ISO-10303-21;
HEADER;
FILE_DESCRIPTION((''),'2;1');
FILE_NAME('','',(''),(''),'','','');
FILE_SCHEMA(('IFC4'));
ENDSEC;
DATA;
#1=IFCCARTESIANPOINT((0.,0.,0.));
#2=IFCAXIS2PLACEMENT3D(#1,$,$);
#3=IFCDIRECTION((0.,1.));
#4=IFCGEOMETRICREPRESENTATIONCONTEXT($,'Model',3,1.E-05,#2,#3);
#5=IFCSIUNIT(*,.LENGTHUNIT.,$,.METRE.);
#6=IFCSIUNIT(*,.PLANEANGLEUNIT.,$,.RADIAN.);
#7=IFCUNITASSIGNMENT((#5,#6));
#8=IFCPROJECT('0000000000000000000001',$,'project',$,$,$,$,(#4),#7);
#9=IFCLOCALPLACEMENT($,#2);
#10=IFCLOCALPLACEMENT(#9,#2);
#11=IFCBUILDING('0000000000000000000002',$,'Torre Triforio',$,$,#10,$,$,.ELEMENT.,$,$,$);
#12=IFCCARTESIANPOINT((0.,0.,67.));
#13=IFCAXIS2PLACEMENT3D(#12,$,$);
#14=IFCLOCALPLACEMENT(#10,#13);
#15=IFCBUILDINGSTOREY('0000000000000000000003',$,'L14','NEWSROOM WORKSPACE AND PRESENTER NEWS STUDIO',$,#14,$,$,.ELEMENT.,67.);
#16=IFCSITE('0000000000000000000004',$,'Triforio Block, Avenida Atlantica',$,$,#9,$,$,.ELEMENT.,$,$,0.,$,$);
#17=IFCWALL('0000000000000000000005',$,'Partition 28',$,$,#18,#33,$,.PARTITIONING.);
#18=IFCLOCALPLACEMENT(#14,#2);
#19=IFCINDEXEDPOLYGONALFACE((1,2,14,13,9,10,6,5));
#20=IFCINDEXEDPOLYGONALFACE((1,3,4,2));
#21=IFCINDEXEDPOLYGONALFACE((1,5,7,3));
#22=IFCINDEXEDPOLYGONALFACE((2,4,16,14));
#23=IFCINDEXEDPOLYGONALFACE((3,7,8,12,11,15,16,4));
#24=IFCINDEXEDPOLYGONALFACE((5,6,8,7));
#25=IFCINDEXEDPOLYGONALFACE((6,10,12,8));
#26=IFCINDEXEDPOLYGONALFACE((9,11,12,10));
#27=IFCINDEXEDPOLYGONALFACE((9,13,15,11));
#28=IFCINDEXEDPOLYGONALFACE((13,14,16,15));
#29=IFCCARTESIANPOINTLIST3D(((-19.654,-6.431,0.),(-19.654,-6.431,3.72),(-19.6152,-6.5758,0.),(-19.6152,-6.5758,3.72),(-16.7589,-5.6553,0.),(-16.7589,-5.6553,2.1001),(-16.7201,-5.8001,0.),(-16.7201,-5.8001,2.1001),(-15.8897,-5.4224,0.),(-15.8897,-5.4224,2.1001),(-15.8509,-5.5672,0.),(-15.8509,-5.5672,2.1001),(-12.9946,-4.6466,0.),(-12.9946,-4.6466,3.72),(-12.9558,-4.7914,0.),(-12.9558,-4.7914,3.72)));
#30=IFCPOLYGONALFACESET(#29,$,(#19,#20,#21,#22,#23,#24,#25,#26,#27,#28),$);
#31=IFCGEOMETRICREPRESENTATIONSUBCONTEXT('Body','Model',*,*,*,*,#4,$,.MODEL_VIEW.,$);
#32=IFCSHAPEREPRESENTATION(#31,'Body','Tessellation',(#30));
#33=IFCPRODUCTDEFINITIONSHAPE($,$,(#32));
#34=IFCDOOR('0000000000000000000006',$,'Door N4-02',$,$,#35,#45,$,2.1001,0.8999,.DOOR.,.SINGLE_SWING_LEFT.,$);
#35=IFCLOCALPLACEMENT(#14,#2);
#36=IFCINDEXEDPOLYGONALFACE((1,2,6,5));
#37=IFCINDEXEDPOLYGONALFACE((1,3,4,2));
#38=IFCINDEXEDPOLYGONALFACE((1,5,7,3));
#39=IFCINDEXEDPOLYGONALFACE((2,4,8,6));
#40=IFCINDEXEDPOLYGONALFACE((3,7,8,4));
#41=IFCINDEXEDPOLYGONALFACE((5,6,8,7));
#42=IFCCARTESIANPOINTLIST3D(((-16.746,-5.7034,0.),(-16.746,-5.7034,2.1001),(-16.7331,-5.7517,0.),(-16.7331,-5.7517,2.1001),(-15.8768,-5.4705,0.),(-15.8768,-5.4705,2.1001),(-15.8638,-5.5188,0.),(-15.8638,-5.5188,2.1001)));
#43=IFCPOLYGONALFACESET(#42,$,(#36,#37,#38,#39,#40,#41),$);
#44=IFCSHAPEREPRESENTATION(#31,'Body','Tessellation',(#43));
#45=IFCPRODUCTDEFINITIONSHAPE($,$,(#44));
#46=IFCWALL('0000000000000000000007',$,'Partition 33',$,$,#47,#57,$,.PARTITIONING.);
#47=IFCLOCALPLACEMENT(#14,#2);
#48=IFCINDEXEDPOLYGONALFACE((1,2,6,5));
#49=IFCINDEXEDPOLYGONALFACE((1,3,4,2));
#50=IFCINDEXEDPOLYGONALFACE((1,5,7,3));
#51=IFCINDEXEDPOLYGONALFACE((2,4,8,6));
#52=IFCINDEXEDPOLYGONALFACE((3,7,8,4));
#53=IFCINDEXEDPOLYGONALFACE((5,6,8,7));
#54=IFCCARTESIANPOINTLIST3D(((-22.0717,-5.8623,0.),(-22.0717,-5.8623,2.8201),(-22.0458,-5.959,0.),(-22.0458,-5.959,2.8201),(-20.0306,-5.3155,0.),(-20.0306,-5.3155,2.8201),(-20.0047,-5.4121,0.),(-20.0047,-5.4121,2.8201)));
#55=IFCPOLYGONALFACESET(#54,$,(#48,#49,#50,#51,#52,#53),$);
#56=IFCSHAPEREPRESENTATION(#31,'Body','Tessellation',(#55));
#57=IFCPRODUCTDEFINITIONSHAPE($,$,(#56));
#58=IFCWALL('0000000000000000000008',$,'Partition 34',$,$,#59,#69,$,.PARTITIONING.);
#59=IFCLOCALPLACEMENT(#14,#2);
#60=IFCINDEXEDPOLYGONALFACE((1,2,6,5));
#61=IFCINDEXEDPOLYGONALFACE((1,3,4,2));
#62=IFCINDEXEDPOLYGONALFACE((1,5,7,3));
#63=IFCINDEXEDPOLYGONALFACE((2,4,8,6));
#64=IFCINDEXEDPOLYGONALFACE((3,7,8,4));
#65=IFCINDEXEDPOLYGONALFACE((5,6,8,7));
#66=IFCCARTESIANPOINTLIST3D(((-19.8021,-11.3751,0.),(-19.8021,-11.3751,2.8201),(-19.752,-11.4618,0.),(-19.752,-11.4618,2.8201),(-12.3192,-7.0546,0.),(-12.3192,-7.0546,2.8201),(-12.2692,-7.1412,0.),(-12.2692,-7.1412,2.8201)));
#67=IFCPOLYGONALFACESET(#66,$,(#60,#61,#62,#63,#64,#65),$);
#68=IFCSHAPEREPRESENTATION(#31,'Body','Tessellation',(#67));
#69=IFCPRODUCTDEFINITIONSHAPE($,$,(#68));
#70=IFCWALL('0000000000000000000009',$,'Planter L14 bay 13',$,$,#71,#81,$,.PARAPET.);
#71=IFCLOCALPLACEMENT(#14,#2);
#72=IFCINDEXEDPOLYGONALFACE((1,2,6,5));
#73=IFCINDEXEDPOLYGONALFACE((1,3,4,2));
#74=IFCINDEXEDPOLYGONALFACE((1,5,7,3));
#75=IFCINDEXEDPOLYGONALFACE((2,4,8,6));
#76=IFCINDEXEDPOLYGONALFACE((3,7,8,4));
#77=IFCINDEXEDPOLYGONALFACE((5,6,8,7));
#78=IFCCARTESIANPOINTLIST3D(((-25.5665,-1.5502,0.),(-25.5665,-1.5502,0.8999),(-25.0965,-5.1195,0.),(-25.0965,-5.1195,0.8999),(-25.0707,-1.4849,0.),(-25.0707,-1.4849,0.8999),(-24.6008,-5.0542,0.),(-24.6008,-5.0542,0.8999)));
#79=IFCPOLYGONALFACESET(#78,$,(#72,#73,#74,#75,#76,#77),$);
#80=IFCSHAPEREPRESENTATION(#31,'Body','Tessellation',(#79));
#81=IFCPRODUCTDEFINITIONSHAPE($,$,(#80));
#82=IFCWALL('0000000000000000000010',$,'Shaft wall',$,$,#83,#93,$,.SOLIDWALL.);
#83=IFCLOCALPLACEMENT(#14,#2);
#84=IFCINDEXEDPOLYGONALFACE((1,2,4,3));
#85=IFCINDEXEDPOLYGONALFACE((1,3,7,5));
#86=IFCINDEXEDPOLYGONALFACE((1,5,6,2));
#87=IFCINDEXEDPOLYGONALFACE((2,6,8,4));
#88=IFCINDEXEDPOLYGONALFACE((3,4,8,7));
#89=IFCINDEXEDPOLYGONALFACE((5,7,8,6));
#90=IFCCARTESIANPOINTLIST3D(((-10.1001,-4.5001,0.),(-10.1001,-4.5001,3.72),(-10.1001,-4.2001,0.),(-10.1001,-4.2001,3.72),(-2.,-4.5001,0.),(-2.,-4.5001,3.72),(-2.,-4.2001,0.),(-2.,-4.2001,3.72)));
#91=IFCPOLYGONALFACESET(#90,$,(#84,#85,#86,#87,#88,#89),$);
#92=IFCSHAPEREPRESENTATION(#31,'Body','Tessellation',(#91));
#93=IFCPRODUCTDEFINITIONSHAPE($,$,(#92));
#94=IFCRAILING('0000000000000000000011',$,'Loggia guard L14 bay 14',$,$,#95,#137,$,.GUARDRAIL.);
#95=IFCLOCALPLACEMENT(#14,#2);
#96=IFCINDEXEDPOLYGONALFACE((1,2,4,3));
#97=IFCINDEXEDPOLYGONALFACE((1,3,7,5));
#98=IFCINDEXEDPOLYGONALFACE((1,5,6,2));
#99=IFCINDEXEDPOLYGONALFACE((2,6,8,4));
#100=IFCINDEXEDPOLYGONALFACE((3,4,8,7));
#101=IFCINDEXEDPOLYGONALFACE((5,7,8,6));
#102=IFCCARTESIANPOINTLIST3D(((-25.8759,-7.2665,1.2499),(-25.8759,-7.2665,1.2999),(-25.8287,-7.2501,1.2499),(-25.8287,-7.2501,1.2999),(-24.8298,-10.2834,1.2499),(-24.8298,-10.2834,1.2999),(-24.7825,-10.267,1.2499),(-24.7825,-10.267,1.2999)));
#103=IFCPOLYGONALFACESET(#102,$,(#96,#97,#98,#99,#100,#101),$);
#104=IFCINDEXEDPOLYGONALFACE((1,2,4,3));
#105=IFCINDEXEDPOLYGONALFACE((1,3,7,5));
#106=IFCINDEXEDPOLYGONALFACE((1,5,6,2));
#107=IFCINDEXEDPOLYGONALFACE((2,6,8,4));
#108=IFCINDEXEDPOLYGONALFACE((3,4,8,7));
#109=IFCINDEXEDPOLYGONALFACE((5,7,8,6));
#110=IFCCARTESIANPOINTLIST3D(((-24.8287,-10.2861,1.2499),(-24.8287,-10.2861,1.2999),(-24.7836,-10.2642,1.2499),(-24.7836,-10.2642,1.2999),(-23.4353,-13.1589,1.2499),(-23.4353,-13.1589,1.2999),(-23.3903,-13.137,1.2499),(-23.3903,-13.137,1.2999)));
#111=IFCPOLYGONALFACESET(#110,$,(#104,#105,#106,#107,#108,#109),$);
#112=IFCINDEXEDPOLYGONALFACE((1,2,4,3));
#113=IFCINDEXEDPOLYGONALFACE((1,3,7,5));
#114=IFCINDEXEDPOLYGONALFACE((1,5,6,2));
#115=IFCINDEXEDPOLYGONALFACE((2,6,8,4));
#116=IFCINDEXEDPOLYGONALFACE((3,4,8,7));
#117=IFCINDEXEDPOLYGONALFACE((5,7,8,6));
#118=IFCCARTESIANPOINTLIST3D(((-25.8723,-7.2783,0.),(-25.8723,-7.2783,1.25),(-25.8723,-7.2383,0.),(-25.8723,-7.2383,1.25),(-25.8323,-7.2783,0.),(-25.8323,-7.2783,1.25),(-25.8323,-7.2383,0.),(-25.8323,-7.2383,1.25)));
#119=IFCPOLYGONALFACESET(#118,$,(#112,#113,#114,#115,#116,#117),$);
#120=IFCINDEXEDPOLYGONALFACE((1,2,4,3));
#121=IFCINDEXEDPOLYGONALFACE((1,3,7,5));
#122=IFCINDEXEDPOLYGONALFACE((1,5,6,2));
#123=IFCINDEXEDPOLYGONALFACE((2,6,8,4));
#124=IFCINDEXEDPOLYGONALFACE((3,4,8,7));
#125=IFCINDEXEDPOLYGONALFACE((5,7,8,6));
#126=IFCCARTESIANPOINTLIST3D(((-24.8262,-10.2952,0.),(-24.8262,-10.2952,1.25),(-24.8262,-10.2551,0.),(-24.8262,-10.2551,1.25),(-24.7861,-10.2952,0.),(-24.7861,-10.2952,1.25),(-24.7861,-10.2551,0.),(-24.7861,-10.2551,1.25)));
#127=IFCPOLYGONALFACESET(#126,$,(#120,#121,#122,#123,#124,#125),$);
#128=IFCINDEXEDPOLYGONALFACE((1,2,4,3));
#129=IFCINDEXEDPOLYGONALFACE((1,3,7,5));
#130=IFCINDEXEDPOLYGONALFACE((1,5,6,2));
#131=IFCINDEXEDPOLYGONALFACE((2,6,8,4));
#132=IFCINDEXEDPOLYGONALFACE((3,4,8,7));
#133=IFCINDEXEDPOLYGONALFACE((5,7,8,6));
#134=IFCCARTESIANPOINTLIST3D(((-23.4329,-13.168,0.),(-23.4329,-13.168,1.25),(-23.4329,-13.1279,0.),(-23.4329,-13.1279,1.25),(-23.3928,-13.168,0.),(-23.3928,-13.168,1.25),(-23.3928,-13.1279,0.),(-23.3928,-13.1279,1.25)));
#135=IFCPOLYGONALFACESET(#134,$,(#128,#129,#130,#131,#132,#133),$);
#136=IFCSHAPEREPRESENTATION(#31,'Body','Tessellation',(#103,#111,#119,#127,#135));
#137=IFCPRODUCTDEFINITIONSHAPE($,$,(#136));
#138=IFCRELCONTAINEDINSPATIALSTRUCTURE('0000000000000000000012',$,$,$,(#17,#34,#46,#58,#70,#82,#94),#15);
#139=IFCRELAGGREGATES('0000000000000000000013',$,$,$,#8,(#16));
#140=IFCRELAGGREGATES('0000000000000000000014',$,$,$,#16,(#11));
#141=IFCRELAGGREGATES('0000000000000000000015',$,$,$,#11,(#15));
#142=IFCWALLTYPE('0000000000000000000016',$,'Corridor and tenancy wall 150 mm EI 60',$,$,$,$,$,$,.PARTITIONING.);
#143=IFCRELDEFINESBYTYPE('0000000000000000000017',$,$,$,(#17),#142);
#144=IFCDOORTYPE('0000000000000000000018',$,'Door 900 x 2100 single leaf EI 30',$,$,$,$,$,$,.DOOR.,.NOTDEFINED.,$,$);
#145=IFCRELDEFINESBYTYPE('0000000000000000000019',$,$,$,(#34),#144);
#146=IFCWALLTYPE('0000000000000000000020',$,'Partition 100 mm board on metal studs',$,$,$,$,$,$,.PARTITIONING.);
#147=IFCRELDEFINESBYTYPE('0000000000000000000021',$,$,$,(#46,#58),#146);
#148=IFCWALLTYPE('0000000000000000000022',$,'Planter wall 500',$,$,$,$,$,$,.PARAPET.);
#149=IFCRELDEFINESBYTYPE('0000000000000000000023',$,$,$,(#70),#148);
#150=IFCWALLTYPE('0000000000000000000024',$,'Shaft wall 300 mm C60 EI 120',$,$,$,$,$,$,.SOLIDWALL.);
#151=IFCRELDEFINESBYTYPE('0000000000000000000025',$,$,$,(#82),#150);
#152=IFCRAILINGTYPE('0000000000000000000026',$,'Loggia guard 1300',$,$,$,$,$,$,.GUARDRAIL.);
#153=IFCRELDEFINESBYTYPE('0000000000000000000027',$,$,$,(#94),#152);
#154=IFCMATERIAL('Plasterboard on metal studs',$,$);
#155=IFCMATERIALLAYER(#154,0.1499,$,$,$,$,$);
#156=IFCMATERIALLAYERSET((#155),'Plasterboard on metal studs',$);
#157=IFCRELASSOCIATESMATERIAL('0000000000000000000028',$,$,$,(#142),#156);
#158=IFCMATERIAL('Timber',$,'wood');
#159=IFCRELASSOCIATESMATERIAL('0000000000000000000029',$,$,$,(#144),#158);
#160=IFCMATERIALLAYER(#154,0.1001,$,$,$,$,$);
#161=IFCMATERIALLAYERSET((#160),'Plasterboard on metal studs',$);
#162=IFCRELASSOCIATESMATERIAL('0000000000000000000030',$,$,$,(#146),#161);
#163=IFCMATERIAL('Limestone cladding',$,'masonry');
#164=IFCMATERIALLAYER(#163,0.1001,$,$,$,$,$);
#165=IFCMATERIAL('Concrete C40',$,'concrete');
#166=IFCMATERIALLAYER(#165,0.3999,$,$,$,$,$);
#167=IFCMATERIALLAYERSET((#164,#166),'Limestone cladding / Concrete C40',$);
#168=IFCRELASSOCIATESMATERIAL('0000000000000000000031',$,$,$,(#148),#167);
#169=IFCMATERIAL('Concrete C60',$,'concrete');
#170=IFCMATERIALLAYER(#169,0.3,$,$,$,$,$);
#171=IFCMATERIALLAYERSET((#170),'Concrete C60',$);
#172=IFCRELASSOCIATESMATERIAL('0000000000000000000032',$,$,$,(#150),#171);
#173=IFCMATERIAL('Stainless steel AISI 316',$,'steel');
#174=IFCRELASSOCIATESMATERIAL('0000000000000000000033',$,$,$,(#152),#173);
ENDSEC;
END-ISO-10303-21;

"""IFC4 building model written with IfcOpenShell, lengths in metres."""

from ifc_helpers import new_model, si_unit, direction, frame, frame_2d, origin, origin_2d, place, context, subcontext, project, spatial, rectangle, extrude, material, layer, layer_set, type_object, element, fill, save


model = new_model("IFC4")

# Units and contexts
model_context = context("Model", 3, precision=1e-05, world=origin(), true_north=direction((0.0, 1.0)))
body_context = subcontext(model_context, "Body", "Model", "MODEL_VIEW")
ifc_project = project(units=[si_unit("LENGTHUNIT", "METRE"), si_unit("PLANEANGLEUNIT", "RADIAN")], contexts=[model_context])

# Site, building, storey
site_placement = place(None, origin())
site = spatial("IfcSite", under=ifc_project, at=site_placement, Name="Triforio Block, Avenida Atlantica", CompositionType="ELEMENT", RefElevation=0.0)
building_placement = place(site_placement, origin())
building = spatial("IfcBuilding", under=site, at=building_placement, Name="Torre Triforio", CompositionType="ELEMENT")
storey_placement = place(building_placement, frame((0.0, 0.0, 67.0)))
storey = spatial("IfcBuildingStorey", under=building, at=storey_placement, Name="L14", Description="NEWSROOM WORKSPACE AND PRESENTER NEWS STUDIO", CompositionType="ELEMENT", Elevation=67.0)

# Shared definitions
ifc_material_1 = material(Name="Concrete C60", Category="concrete")

# Shared definitions
ifc_material_2 = material(Name="Plasterboard on metal studs")
ifc_layer_1 = layer(ifc_material_2, 0.1499)
ifc_layer_set_1 = layer_set([ifc_layer_1], Name="Plasterboard on metal studs")
wall_type_1 = type_object("IfcWallType", Name="Corridor and tenancy wall 150 mm EI 60", PredefinedType="PARTITIONING", material=ifc_layer_set_1)

# Shared definitions
ifc_material_3 = material(Name="Timber", Category="wood")

# Wall, opening, door
wall_1_placement = place(storey_placement, frame((-12.9751, -4.719, 0.0), z_axis=(0.0, 0.0, 1.0), x_axis=(-0.965924, -0.258824, 0.0)))
wall_1 = element("IfcWall", 1, at=wall_1_placement, inside=storey, type_object=wall_type_1, Name="Partition 28", PredefinedType="PARTITIONING", context=body_context, shape_type="SweptSolid", body=[
    extrude(rectangle(XDim=6.8943, YDim=0.1499, at=frame_2d((3.4473, 0.0))), origin(), (0.0, 0.0, 1.0), 3.72),
])
opening_1_placement = place(wall_1_placement, frame((2.9973, 0.0, 0.0)))
opening_1 = element("IfcOpeningElement", 2, at=opening_1_placement, cuts=wall_1, PredefinedType="OPENING", context=body_context, shape_type="SweptSolid", body=[
    extrude(rectangle(XDim=0.8999, YDim=2.1001, at=frame_2d((0.45, 1.05))), frame((0.0, 0.085, 0.0), z_axis=(0.0, -1.0, 0.0), x_axis=(1.0, 0.0, 0.0)), (0.0, 0.0, 1.0), 0.1699),
])
door_type_1 = type_object("IfcDoorType", Name="Door 900 x 2100 single leaf EI 30", OperationType="NOTDEFINED", PredefinedType="DOOR", material=ifc_material_3)
door_1_placement = place(opening_1_placement, origin())
door_1 = element("IfcDoor", 3, at=door_1_placement, inside=storey, type_object=door_type_1, Name="Door N4-02", OperationType="SINGLE_SWING_LEFT", OverallHeight=2.1001, OverallWidth=0.8999, PredefinedType="DOOR", context=body_context, shape_type="SweptSolid", body=[
    extrude(rectangle(XDim=0.8999, YDim=2.1001, at=frame_2d((0.45, 1.05))), frame((0.0, 0.0249, 0.0), z_axis=(0.0, -1.0, 0.0), x_axis=(1.0, 0.0, 0.0)), (0.0, 0.0, 1.0), 0.05),
])
fill(opening_1, door_1)

# Walls
ifc_layer_2 = layer(ifc_material_2, 0.1001)
ifc_layer_set_2 = layer_set([ifc_layer_2], Name="Plasterboard on metal studs")
wall_type_2 = type_object("IfcWallType", Name="Partition 100 mm board on metal studs", PredefinedType="PARTITIONING", material=ifc_layer_set_2)
wall_2_placement = place(storey_placement, frame((-20.0176, -5.3638, 0.0), z_axis=(0.0, 0.0, 1.0), x_axis=(-0.965927, -0.258813, 0.0)))
element("IfcWall", 4, at=wall_2_placement, inside=storey, type_object=wall_type_2, Name="Partition 33", PredefinedType="PARTITIONING", context=body_context, shape_type="SweptSolid", body=[
    extrude(rectangle(XDim=2.113, YDim=0.1001, at=frame_2d((1.0566, 0.0))), origin(), (0.0, 0.0, 1.0), 2.8201),
])
wall_3_placement = place(storey_placement, frame((-12.2942, -7.0979, 0.0), z_axis=(0.0, 0.0, 1.0), x_axis=(-0.866011, -0.500026, 0.0)))
element("IfcWall", 5, at=wall_3_placement, inside=storey, type_object=wall_type_2, Name="Partition 34", PredefinedType="PARTITIONING", context=body_context, shape_type="SweptSolid", body=[
    extrude(rectangle(XDim=8.6406, YDim=0.1001, at=frame_2d((4.3203, 0.0))), origin(), (0.0, 0.0, 1.0), 2.8201),
])
ifc_material_4 = material(Name="Limestone cladding", Category="masonry")
ifc_layer_3 = layer(ifc_material_4, 0.1001)
ifc_material_5 = material(Name="Concrete C40", Category="concrete")
ifc_layer_4 = layer(ifc_material_5, 0.3999)
ifc_layer_set_3 = layer_set([ifc_layer_3, ifc_layer_4], Name="Limestone cladding / Concrete C40")
wall_type_3 = type_object("IfcWallType", Name="Planter wall 500", PredefinedType="PARAPET", material=ifc_layer_set_3)
wall_4_placement = place(storey_placement, frame((-25.3186, -1.5176, 0.0), z_axis=(0.0, 0.0, 1.0), x_axis=(0.130542, -0.991443, 0.0)))
element("IfcWall", 6, at=wall_4_placement, inside=storey, type_object=wall_type_3, Name="Planter L14 bay 13", PredefinedType="PARAPET", context=body_context, shape_type="SweptSolid", body=[
    extrude(rectangle(XDim=3.6001, YDim=0.5, at=frame_2d((1.8, 0.0))), origin(), (0.0, 0.0, 1.0), 0.8999),
])
ifc_layer_5 = layer(ifc_material_1, 0.3)
ifc_layer_set_4 = layer_set([ifc_layer_5], Name="Concrete C60")
wall_type_4 = type_object("IfcWallType", Name="Shaft wall 300 mm C60 EI 120", PredefinedType="SOLIDWALL", material=ifc_layer_set_4)
wall_5_placement = place(storey_placement, frame((-10.1001, -4.3501, 0.0), z_axis=(0.0, 0.0, 1.0), x_axis=(1.0, 0.0, 0.0)))
element("IfcWall", 7, at=wall_5_placement, inside=storey, type_object=wall_type_4, Name="Shaft wall", PredefinedType="SOLIDWALL", context=body_context, shape_type="SweptSolid", body=[
    extrude(rectangle(XDim=8.1001, YDim=0.3, at=frame_2d((4.05, 0.0))), origin(), (0.0, 0.0, 1.0), 3.72),
])

# Railing
ifc_material_6 = material(Name="Stainless steel AISI 316", Category="steel")
railing_type = type_object("IfcRailingType", Name="Loggia guard 1300", PredefinedType="GUARDRAIL", material=ifc_material_6)
railing_placement = place(storey_placement, frame((-25.8523, -7.2583, 0.0)))
element("IfcRailing", 8, at=railing_placement, inside=storey, type_object=railing_type, Name="Loggia guard L14 bay 14", PredefinedType="GUARDRAIL", context=body_context, shape_type="SweptSolid", body=[
    extrude(rectangle(XDim=0.05, YDim=0.05, at=origin_2d()), frame((0.0, 0.0, 1.2749), z_axis=(0.327628, -0.944807, 0.0), x_axis=(0.944807, 0.327628, 0.0)), (0.0, 0.0, 1.0), 3.1931),
    extrude(rectangle(XDim=0.05, YDim=0.05, at=origin_2d()), frame((1.0461, -3.0168, 1.2749), z_axis=(0.436384, -0.89976, 0.0), x_axis=(0.89976, 0.436384, 0.0)), (0.0, 0.0, 1.0), 3.1929),
    extrude(rectangle(XDim=0.04, YDim=0.04, at=origin_2d()), origin(), (0.0, 0.0, 1.0), 1.25),
    extrude(rectangle(XDim=0.04, YDim=0.04, at=origin_2d()), frame((1.0461, -3.0168, 0.0)), (0.0, 0.0, 1.0), 1.25),
    extrude(rectangle(XDim=0.04, YDim=0.04, at=origin_2d()), frame((2.4395, -5.8896, 0.0)), (0.0, 0.0, 1.0), 1.25),
])

save(model, "model.ifc")
